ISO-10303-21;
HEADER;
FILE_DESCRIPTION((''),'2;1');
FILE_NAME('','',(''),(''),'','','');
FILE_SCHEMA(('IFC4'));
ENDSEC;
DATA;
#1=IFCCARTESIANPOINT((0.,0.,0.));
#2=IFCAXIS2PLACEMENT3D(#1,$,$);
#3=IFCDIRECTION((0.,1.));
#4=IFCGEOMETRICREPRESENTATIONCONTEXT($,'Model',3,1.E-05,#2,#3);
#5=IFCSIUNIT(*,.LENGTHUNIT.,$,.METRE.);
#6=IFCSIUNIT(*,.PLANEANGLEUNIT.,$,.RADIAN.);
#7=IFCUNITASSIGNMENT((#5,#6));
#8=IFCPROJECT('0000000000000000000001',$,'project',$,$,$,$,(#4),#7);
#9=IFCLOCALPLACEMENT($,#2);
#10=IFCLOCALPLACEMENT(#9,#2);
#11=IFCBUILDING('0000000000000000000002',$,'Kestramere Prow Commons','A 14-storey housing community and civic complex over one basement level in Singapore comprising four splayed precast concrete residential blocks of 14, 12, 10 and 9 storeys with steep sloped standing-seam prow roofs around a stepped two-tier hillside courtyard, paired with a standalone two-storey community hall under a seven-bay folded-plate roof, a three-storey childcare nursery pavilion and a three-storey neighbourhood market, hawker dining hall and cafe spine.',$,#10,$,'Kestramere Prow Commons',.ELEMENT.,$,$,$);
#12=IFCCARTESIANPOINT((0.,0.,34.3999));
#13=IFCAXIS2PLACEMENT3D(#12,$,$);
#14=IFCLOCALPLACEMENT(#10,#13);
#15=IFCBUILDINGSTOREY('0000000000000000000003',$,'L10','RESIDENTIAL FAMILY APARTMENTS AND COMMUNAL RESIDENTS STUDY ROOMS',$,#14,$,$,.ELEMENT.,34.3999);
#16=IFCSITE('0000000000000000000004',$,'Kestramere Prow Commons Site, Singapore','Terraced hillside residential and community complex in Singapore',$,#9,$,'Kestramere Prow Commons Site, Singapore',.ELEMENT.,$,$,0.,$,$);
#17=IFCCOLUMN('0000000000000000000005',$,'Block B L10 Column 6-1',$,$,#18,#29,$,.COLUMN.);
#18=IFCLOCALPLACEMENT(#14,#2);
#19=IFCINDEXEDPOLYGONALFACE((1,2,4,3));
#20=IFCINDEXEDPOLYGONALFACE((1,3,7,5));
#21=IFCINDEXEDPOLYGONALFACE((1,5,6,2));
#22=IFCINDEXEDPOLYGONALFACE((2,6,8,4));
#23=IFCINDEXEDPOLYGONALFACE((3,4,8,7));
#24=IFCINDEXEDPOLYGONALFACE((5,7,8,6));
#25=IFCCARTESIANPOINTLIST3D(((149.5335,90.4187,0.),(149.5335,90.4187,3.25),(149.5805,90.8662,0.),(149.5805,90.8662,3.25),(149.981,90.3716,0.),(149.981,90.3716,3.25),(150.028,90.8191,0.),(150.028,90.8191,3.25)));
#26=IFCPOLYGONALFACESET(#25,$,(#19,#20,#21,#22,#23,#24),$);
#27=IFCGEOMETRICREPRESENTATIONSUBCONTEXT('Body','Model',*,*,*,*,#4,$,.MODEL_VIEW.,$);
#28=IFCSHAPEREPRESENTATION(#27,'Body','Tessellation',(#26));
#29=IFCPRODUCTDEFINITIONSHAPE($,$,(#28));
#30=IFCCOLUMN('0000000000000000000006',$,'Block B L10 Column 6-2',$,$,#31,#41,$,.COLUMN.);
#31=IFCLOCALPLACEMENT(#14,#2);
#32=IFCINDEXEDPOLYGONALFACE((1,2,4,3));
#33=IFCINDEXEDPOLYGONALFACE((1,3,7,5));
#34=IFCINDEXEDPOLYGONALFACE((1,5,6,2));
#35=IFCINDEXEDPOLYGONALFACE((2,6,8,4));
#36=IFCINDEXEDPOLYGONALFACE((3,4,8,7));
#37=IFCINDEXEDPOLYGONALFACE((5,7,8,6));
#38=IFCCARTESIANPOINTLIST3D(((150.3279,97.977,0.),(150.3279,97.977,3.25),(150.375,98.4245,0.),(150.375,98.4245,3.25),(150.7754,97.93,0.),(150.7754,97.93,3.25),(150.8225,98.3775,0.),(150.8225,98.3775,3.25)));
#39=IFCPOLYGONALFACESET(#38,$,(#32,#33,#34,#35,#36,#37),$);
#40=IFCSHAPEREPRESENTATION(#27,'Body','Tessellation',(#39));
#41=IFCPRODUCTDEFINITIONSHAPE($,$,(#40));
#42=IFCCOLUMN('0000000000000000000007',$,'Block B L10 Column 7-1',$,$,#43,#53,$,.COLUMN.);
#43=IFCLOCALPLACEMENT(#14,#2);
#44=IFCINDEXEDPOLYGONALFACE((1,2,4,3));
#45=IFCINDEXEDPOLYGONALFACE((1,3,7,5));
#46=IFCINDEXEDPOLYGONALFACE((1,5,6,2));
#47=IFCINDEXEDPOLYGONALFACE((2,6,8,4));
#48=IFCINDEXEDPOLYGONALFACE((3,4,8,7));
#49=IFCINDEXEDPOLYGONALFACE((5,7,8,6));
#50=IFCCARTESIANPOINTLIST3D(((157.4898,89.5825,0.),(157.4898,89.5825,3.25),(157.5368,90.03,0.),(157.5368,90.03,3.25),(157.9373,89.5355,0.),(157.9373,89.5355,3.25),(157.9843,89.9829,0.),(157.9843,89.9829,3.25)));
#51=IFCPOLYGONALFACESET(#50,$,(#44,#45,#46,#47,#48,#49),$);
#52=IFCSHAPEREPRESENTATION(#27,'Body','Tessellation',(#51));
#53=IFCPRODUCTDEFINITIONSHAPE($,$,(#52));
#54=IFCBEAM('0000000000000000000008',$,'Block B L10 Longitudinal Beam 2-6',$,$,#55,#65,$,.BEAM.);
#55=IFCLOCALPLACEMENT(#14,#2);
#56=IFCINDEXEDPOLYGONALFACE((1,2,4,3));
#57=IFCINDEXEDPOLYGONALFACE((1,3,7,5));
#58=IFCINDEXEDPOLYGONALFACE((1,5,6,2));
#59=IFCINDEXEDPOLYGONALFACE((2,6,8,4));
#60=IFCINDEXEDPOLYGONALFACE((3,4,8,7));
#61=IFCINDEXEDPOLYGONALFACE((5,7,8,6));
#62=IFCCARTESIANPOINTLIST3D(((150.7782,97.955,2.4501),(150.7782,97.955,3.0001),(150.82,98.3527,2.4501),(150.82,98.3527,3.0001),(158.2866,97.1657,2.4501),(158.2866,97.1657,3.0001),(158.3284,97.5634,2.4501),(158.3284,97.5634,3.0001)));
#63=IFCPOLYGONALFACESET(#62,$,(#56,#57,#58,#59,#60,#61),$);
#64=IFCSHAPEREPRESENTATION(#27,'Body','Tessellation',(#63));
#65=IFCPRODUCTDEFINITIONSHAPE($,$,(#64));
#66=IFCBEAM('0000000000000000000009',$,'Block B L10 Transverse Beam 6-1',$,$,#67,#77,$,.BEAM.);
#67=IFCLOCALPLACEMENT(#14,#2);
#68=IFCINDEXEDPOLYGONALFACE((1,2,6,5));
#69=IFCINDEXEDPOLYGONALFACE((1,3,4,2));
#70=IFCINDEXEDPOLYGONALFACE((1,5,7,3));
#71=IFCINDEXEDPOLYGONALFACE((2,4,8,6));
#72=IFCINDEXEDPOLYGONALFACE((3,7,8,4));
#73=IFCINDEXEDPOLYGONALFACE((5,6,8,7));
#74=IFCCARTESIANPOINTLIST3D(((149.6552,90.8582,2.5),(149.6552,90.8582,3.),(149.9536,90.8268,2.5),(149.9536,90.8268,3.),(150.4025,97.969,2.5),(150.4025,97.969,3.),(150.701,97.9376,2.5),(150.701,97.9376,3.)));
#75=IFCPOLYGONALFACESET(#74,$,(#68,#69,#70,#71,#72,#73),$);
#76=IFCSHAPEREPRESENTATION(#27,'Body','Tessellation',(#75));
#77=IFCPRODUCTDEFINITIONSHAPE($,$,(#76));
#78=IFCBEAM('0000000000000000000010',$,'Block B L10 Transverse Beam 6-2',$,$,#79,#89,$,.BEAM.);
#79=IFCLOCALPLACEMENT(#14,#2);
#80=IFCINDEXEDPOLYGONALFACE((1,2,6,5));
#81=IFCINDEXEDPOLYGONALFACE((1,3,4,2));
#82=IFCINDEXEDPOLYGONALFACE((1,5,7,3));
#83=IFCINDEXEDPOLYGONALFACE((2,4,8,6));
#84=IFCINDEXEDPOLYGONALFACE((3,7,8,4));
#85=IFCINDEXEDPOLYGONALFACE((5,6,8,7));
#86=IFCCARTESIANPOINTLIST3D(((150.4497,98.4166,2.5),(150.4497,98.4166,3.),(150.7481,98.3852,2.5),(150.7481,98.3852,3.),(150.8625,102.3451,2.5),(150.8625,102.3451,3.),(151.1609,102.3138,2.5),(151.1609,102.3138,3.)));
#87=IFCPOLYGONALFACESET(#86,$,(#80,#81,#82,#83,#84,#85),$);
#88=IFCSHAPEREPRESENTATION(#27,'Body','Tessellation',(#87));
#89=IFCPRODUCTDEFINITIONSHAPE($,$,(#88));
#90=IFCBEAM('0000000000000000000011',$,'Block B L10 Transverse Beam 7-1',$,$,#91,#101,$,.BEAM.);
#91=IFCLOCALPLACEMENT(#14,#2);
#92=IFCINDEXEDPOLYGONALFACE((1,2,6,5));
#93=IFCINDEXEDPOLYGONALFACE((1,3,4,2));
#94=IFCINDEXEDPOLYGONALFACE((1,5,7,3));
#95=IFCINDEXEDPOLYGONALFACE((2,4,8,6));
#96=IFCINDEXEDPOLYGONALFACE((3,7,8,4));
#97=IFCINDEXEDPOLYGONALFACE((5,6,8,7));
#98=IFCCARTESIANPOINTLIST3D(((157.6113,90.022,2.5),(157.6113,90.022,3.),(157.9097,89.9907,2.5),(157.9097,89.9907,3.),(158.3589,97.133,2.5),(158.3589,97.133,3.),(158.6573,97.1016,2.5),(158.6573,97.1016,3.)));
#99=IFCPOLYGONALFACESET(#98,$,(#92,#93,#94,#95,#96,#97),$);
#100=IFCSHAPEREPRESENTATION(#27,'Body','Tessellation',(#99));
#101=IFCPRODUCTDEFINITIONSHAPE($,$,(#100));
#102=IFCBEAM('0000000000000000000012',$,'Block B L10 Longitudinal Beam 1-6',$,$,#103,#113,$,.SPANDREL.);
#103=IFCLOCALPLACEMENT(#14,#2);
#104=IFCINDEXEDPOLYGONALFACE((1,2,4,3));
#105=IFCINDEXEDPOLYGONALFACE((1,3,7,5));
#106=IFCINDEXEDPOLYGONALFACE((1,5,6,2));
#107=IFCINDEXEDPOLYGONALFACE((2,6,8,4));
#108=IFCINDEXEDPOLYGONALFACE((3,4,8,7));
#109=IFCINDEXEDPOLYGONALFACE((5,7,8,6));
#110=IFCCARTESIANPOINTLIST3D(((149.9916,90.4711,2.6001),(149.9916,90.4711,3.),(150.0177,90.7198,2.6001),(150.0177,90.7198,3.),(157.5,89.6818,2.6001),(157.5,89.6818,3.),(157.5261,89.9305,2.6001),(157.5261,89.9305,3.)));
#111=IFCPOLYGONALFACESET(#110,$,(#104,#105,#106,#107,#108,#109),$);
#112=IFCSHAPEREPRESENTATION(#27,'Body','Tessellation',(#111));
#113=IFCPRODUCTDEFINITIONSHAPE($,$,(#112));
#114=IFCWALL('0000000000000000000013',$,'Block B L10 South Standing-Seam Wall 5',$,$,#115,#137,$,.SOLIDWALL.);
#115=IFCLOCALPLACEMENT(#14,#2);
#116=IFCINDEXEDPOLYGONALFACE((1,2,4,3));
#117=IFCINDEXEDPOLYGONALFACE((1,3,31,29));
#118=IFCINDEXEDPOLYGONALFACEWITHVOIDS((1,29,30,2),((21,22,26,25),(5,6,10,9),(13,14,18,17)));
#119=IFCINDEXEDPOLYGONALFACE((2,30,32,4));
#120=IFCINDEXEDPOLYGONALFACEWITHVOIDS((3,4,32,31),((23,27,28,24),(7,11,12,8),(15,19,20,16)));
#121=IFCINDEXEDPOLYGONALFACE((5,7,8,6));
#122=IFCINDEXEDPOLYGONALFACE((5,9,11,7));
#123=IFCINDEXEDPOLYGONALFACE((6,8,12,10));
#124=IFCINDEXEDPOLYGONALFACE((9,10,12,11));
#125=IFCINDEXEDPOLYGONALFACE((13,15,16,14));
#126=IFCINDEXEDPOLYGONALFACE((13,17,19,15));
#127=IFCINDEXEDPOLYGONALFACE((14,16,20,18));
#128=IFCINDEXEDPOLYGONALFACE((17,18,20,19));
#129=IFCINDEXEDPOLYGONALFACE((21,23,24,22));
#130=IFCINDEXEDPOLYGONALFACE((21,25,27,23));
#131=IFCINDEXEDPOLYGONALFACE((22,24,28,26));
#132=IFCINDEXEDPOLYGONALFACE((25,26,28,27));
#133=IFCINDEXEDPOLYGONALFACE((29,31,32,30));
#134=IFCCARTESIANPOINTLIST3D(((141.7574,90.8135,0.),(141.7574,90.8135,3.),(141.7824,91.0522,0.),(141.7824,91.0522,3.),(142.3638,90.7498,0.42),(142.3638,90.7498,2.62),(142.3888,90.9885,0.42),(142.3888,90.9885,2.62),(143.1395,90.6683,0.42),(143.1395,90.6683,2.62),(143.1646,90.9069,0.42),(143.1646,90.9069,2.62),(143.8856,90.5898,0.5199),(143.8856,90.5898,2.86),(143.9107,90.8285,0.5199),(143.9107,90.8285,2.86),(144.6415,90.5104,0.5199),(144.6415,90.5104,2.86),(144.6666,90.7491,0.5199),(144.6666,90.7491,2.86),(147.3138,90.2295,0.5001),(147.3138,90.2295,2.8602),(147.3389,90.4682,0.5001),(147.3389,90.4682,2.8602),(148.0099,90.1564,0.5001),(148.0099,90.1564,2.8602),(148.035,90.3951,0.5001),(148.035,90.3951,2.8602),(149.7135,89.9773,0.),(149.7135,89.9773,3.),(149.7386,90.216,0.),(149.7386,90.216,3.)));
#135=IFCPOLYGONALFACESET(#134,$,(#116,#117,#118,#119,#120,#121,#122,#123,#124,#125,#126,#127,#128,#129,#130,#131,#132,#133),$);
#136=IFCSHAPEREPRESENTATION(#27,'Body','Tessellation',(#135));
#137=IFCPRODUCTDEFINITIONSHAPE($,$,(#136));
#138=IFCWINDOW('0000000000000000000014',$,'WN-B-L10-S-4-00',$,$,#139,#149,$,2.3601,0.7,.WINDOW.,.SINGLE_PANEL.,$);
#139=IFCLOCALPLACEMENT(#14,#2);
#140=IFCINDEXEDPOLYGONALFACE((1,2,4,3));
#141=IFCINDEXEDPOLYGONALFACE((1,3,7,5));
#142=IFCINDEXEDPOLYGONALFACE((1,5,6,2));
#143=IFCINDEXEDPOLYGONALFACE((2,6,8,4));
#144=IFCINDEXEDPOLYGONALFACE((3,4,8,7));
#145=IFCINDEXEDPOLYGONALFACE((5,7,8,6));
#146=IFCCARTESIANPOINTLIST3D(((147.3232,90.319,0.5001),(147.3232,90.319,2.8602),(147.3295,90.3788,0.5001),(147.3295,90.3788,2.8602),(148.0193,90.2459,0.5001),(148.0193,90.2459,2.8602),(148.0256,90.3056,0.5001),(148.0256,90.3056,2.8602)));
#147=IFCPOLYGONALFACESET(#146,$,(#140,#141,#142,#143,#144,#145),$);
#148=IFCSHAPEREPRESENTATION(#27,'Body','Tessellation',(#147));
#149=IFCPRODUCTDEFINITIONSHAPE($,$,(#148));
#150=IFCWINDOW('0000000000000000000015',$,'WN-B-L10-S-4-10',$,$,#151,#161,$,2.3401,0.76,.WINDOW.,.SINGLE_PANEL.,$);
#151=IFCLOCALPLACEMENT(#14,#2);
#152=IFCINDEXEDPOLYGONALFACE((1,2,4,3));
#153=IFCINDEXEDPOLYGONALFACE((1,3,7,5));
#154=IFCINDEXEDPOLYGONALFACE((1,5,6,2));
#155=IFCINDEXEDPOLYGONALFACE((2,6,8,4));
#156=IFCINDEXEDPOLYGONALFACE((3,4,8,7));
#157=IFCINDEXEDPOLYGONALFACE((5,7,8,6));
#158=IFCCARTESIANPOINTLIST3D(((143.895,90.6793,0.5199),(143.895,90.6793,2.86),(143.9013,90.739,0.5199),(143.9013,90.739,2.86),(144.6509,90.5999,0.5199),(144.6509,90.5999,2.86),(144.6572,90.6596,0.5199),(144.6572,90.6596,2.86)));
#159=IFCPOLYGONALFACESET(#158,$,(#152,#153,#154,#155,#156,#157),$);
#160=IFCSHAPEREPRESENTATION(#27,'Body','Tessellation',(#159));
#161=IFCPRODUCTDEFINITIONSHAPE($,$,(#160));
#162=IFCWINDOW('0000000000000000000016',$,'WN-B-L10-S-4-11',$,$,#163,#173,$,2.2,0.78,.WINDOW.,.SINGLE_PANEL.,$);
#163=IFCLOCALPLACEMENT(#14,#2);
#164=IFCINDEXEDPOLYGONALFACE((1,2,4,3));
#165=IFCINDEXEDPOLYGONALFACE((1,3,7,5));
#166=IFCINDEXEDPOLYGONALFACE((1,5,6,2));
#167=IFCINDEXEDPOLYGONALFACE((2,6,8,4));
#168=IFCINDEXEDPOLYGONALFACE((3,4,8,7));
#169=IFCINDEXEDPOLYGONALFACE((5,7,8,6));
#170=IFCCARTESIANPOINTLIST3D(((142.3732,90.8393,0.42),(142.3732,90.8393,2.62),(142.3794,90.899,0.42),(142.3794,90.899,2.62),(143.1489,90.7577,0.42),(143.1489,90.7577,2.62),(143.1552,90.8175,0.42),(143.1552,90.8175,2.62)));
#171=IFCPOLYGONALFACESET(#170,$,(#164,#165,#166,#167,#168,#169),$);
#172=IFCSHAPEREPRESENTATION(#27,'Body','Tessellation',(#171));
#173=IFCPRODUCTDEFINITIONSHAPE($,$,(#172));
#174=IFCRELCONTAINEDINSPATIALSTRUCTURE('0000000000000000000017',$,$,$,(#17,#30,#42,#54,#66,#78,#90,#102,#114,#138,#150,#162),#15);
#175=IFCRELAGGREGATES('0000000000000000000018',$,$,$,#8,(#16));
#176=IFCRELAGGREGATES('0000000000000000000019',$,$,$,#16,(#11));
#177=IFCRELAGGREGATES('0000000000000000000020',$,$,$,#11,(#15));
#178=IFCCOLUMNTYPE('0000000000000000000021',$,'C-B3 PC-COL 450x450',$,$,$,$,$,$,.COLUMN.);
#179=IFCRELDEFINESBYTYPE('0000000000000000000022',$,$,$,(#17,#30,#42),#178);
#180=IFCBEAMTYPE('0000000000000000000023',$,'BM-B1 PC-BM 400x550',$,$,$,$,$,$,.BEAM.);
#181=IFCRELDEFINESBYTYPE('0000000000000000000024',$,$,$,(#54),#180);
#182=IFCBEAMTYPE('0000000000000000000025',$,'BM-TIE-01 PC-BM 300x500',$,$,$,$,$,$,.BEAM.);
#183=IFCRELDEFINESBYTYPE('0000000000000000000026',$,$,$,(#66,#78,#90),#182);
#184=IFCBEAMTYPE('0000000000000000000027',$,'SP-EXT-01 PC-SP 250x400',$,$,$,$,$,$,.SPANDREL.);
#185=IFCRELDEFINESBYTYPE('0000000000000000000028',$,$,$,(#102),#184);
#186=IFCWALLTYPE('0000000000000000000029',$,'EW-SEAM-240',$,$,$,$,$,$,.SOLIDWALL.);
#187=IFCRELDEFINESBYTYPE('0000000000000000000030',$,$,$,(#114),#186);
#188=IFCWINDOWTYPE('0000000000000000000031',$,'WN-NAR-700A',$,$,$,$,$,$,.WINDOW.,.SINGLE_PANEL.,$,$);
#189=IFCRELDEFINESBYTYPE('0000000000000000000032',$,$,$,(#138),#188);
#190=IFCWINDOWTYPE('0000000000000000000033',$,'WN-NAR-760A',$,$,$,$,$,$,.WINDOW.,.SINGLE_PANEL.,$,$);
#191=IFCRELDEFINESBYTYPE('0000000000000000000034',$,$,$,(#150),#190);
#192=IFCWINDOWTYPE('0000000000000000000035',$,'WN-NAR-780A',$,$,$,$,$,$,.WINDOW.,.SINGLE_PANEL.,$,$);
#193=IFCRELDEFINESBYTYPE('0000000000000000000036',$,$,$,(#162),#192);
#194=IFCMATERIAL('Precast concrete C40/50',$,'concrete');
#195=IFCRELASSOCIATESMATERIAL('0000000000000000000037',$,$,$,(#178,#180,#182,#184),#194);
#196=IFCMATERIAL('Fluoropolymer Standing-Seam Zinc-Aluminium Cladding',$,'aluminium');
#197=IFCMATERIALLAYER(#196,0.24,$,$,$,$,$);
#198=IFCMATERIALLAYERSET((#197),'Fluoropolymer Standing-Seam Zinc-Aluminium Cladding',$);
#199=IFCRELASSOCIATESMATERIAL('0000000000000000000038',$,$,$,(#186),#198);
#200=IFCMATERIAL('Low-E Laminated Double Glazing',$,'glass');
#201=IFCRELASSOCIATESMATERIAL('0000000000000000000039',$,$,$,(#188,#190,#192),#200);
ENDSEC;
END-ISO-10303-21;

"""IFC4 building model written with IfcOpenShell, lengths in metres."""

from ifc_helpers import new_model, si_unit, direction, frame, frame_2d, origin, origin_2d, place, context, subcontext, project, spatial, rectangle, extrude, material, layer, layer_set, material_profile, profile_set, type_object, element, fill, save


model = new_model("IFC4")

# Units and contexts
model_context = context("Model", 3, precision=1e-05, world=origin(), true_north=direction((0.0, 1.0)))
body_context = subcontext(model_context, "Body", "Model", "MODEL_VIEW")
ifc_project = project(units=[si_unit("LENGTHUNIT", "METRE"), si_unit("PLANEANGLEUNIT", "RADIAN")], contexts=[model_context])

# Site, building, storey
site_placement = place(None, origin())
site = spatial("IfcSite", under=ifc_project, at=site_placement, Name="Kestramere Prow Commons Site, Singapore", Description="Terraced hillside residential and community complex in Singapore", LongName="Kestramere Prow Commons Site, Singapore", CompositionType="ELEMENT", RefElevation=0.0)
building_placement = place(site_placement, origin())
building = spatial("IfcBuilding", under=site, at=building_placement, Name="Kestramere Prow Commons", Description="A 14-storey housing community and civic complex over one basement level in Singapore comprising four splayed precast concrete residential blocks of 14, 12, 10 and 9 storeys with steep sloped standing-seam prow roofs around a stepped two-tier hillside courtyard, paired with a standalone two-storey community hall under a seven-bay folded-plate roof, a three-storey childcare nursery pavilion and a three-storey neighbourhood market, hawker dining hall and cafe spine.", LongName="Kestramere Prow Commons", CompositionType="ELEMENT")
storey_placement = place(building_placement, frame((0.0, 0.0, 34.3999)))
storey = spatial("IfcBuildingStorey", under=building, at=storey_placement, Name="L10", Description="RESIDENTIAL FAMILY APARTMENTS AND COMMUNAL RESIDENTS STUDY ROOMS", CompositionType="ELEMENT", Elevation=34.3999)

# Columns
ifc_material_1 = material(Name="Precast concrete C40/50", Category="concrete")
ifc_material_profile_1 = material_profile(ifc_material_1, rectangle(XDim=0.45, YDim=0.45, at=origin_2d()), Name="PC-COL 450x450")
ifc_profile_set_1 = profile_set([ifc_material_profile_1], Name="Precast concrete C40/50")
column_type = type_object("IfcColumnType", Name="C-B3 PC-COL 450x450", PredefinedType="COLUMN", material=ifc_profile_set_1)
for number, where, z_axis, x_axis, name in (
    (1, (149.7808, 90.6189, 0.0), (0.0, 0.0, 1.0), (0.994522, -0.104528, 0.0), "Block B L10 Column 6-1"),
    (2, (150.5752, 98.1772, 0.0), (0.0, 0.0, 1.0), (0.994522, -0.104528, 0.0), "Block B L10 Column 6-2"),
    (3, (157.7371, 89.7827, 0.0), (0.0, 0.0, 1.0), (0.994522, -0.104528, 0.0), "Block B L10 Column 7-1"),
):
    element("IfcColumn", number, at=place(storey_placement, frame(where, z_axis=z_axis, x_axis=x_axis)), inside=storey, type_object=column_type, Name=name, PredefinedType="COLUMN", context=body_context, shape_type="SweptSolid", body=[
        extrude(rectangle(XDim=0.45, YDim=0.45, at=origin_2d()), origin(), (0.0, 0.0, 1.0), 3.25),
    ])

# Beams
ifc_material_profile_2 = material_profile(ifc_material_1, rectangle(XDim=0.3999, YDim=0.55, at=origin_2d()), Name="PC-BM 400x550")
ifc_profile_set_2 = profile_set([ifc_material_profile_2], Name="Precast concrete C40/50")
beam_type_1 = type_object("IfcBeamType", Name="BM-B1 PC-BM 400x550", PredefinedType="BEAM", material=ifc_profile_set_2)
beam_1_placement = place(storey_placement, frame((150.7991, 98.1538, 2.7251), z_axis=(0.99452, -0.104545, 0.0), x_axis=(0.104545, 0.99452, 0.0)))
element("IfcBeam", 4, at=beam_1_placement, inside=storey, type_object=beam_type_1, Name="Block B L10 Longitudinal Beam 2-6", PredefinedType="BEAM", context=body_context, shape_type="SweptSolid", body=[
    extrude(rectangle(XDim=0.3999, YDim=0.55, at=origin_2d()), origin(), (0.0, 0.0, 1.0), 7.5498),
])
ifc_material_profile_3 = material_profile(ifc_material_1, rectangle(XDim=0.3, YDim=0.5, at=origin_2d()), Name="PC-BM 300x500")
ifc_profile_set_3 = profile_set([ifc_material_profile_3], Name="Precast concrete C40/50")
beam_type_2 = type_object("IfcBeamType", Name="BM-TIE-01 PC-BM 300x500", PredefinedType="BEAM", material=ifc_profile_set_3)
beam_2_placement = place(storey_placement, frame((149.8044, 90.8425, 2.75), z_axis=(0.104519, 0.994523, 0.0), x_axis=(-0.994523, 0.104519, 0.0)))
element("IfcBeam", 5, at=beam_2_placement, inside=storey, type_object=beam_type_2, Name="Block B L10 Transverse Beam 6-1", PredefinedType="BEAM", context=body_context, shape_type="SweptSolid", body=[
    extrude(rectangle(XDim=0.3, YDim=0.5, at=origin_2d()), origin(), (0.0, 0.0, 1.0), 7.1499),
])
beam_3_placement = place(storey_placement, frame((150.5989, 98.4009, 2.75), z_axis=(0.104514, 0.994523, 0.0), x_axis=(-0.994523, 0.104514, 0.0)))
element("IfcBeam", 6, at=beam_3_placement, inside=storey, type_object=beam_type_2, Name="Block B L10 Transverse Beam 6-2", PredefinedType="BEAM", context=body_context, shape_type="SweptSolid", body=[
    extrude(rectangle(XDim=0.3, YDim=0.5, at=origin_2d()), origin(), (0.0, 0.0, 1.0), 3.9502),
])
beam_4_placement = place(storey_placement, frame((157.7605, 90.0063, 2.75), z_axis=(0.104553, 0.994519, 0.0), x_axis=(-0.994519, 0.104553, 0.0)))
element("IfcBeam", 7, at=beam_4_placement, inside=storey, type_object=beam_type_2, Name="Block B L10 Transverse Beam 7-1", PredefinedType="BEAM", context=body_context, shape_type="SweptSolid", body=[
    extrude(rectangle(XDim=0.3, YDim=0.5, at=origin_2d()), origin(), (0.0, 0.0, 1.0), 7.1501),
])
ifc_material_profile_4 = material_profile(ifc_material_1, rectangle(XDim=0.25, YDim=0.3999, at=origin_2d()), Name="PC-SP 250x400")
ifc_profile_set_4 = profile_set([ifc_material_profile_4], Name="Precast concrete C40/50")
beam_type_3 = type_object("IfcBeamType", Name="SP-EXT-01 PC-SP 250x400", PredefinedType="SPANDREL", material=ifc_profile_set_4)
beam_5_placement = place(storey_placement, frame((150.0046, 90.5955, 2.8), z_axis=(0.99452, -0.104545, 0.0), x_axis=(0.104545, 0.99452, 0.0)))
element("IfcBeam", 8, at=beam_5_placement, inside=storey, type_object=beam_type_3, Name="Block B L10 Longitudinal Beam 1-6", PredefinedType="SPANDREL", context=body_context, shape_type="SweptSolid", body=[
    extrude(rectangle(XDim=0.25, YDim=0.3999, at=origin_2d()), origin(), (0.0, 0.0, 1.0), 7.5498),
])

# Wall, openings, windows
ifc_material_2 = material(Name="Fluoropolymer Standing-Seam Zinc-Aluminium Cladding", Category="aluminium")
ifc_layer_1 = layer(ifc_material_2, 0.24)
ifc_layer_set_1 = layer_set([ifc_layer_1], Name="Fluoropolymer Standing-Seam Zinc-Aluminium Cladding")
wall_type_1 = type_object("IfcWallType", Name="EW-SEAM-240", PredefinedType="SOLIDWALL", material=ifc_layer_set_1)
wall_1_placement = place(storey_placement, frame((149.7261, 90.0967, 0.0), z_axis=(0.0, 0.0, 1.0), x_axis=(-0.994523, 0.104521, 0.0)))
wall_1 = element("IfcWall", 9, at=wall_1_placement, inside=storey, type_object=wall_type_1, Name="Block B L10 South Standing-Seam Wall 5", PredefinedType="SOLIDWALL", context=body_context, shape_type="SweptSolid", body=[
    extrude(rectangle(XDim=8.0, YDim=0.24, at=frame_2d((4.0, 0.0))), origin(), (0.0, 0.0, 1.0), 3.0),
])
opening_1_placement = place(wall_1_placement, frame((1.7129, 0.0, 0.5)))
opening_1 = element("IfcOpeningElement", 10, at=opening_1_placement, cuts=wall_1, PredefinedType="OPENING", context=body_context, shape_type="SweptSolid", body=[
    extrude(rectangle(XDim=0.7, YDim=2.3601, at=frame_2d((0.3501, 1.1802))), frame((0.0, 0.135, 0.0), z_axis=(0.0, -1.0, 0.0), x_axis=(1.0, 0.0, 0.0)), (0.0, 0.0, 1.0), 0.27),
])
opening_2_placement = place(wall_1_placement, frame((5.1001, 0.0, 0.52)))
opening_2 = element("IfcOpeningElement", 11, at=opening_2_placement, cuts=wall_1, PredefinedType="OPENING", context=body_context, shape_type="SweptSolid", body=[
    extrude(rectangle(XDim=0.76, YDim=2.3401, at=frame_2d((0.3799, 1.1699))), frame((0.0, 0.135, 0.0), z_axis=(0.0, -1.0, 0.0), x_axis=(1.0, 0.0, 0.0)), (0.0, 0.0, 1.0), 0.27),
])
opening_3_placement = place(wall_1_placement, frame((6.6101, 0.0, 0.4199)))
opening_3 = element("IfcOpeningElement", 12, at=opening_3_placement, cuts=wall_1, PredefinedType="OPENING", context=body_context, shape_type="SweptSolid", body=[
    extrude(rectangle(XDim=0.78, YDim=2.2, at=frame_2d((0.3901, 1.1001))), frame((0.0, 0.135, 0.0), z_axis=(0.0, -1.0, 0.0), x_axis=(1.0, 0.0, 0.0)), (0.0, 0.0, 1.0), 0.27),
])
ifc_material_3 = material(Name="Low-E Laminated Double Glazing", Category="glass")
window_type_1 = type_object("IfcWindowType", Name="WN-NAR-700A", PartitioningType="SINGLE_PANEL", PredefinedType="WINDOW", material=ifc_material_3)
window_1_placement = place(opening_1_placement, origin())
window_1 = element("IfcWindow", 13, at=window_1_placement, inside=storey, type_object=window_type_1, Name="WN-B-L10-S-4-00", OverallHeight=2.3601, OverallWidth=0.7, PartitioningType="SINGLE_PANEL", PredefinedType="WINDOW", context=body_context, shape_type="SweptSolid", body=[
    extrude(rectangle(XDim=0.7, YDim=2.3601, at=frame_2d((0.3501, 1.1802))), frame((0.0, 0.03, 0.0), z_axis=(0.0, -1.0, 0.0), x_axis=(1.0, 0.0, 0.0)), (0.0, 0.0, 1.0), 0.0601),
])
fill(opening_1, window_1)
window_type_2 = type_object("IfcWindowType", Name="WN-NAR-760A", PartitioningType="SINGLE_PANEL", PredefinedType="WINDOW", material=ifc_material_3)
window_2_placement = place(opening_2_placement, origin())
window_2 = element("IfcWindow", 14, at=window_2_placement, inside=storey, type_object=window_type_2, Name="WN-B-L10-S-4-10", OverallHeight=2.3401, OverallWidth=0.76, PartitioningType="SINGLE_PANEL", PredefinedType="WINDOW", context=body_context, shape_type="SweptSolid", body=[
    extrude(rectangle(XDim=0.76, YDim=2.3401, at=frame_2d((0.3799, 1.1699))), frame((0.0, 0.03, 0.0), z_axis=(0.0, -1.0, 0.0), x_axis=(1.0, 0.0, 0.0)), (0.0, 0.0, 1.0), 0.0601),
])
fill(opening_2, window_2)
window_type_3 = type_object("IfcWindowType", Name="WN-NAR-780A", PartitioningType="SINGLE_PANEL", PredefinedType="WINDOW", material=ifc_material_3)
window_3_placement = place(opening_3_placement, origin())
window_3 = element("IfcWindow", 15, at=window_3_placement, inside=storey, type_object=window_type_3, Name="WN-B-L10-S-4-11", OverallHeight=2.2, OverallWidth=0.78, PartitioningType="SINGLE_PANEL", PredefinedType="WINDOW", context=body_context, shape_type="SweptSolid", body=[
    extrude(rectangle(XDim=0.78, YDim=2.2, at=frame_2d((0.3901, 1.1001))), frame((0.0, 0.03, 0.0), z_axis=(0.0, -1.0, 0.0), x_axis=(1.0, 0.0, 0.0)), (0.0, 0.0, 1.0), 0.0601),
])
fill(opening_3, window_3)

save(model, "model.ifc")
